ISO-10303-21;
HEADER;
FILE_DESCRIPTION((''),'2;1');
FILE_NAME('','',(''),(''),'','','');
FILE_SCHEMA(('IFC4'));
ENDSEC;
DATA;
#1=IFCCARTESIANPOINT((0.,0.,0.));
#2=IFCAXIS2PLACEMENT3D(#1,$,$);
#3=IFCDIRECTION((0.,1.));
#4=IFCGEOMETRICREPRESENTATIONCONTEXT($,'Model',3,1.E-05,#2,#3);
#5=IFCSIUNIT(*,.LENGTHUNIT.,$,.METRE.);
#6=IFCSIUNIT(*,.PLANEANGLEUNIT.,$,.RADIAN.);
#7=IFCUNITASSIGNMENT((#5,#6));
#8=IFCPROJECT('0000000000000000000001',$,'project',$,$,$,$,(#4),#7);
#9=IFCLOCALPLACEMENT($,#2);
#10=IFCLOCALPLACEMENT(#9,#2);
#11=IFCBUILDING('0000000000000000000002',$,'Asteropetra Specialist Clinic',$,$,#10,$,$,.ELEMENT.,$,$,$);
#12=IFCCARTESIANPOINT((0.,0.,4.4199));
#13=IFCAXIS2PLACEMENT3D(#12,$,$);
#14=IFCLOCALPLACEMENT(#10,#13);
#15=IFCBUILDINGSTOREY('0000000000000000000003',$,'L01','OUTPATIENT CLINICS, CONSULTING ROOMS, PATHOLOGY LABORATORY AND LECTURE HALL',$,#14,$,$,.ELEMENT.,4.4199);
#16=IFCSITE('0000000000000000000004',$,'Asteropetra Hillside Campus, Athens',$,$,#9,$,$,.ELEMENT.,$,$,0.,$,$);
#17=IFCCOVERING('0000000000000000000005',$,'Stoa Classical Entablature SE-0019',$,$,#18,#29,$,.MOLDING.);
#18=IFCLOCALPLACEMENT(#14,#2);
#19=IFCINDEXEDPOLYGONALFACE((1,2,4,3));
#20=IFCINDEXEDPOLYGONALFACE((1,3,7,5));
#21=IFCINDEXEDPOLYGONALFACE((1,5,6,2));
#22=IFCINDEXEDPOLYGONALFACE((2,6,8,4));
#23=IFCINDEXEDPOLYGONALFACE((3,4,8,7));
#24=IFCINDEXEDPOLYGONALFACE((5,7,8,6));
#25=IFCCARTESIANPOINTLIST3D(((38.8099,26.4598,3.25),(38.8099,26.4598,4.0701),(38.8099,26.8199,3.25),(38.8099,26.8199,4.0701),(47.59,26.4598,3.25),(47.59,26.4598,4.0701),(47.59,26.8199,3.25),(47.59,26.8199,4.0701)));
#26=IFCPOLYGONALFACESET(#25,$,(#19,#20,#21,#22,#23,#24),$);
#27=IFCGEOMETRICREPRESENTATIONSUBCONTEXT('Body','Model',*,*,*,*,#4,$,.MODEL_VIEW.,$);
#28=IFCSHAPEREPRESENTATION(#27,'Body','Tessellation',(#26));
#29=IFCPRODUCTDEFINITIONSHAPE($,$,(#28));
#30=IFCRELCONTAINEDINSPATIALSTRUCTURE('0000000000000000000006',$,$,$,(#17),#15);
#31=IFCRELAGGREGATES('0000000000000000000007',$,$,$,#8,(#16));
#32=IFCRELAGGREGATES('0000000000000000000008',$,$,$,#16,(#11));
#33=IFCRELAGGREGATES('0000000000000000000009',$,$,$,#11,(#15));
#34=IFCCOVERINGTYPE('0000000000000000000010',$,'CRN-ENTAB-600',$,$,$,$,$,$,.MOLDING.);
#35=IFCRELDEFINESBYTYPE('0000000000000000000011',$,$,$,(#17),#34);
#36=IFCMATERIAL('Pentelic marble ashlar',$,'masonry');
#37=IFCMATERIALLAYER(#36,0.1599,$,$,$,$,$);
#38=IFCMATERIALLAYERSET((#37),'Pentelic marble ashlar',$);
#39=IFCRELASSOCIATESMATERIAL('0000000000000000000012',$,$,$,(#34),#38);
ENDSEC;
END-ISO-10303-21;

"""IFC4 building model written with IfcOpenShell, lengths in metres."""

from ifc_helpers import new_model, si_unit, direction, frame, origin, origin_2d, place, context, subcontext, project, spatial, rectangle, extrude, material, layer, layer_set, type_object, element, save


model = new_model("IFC4")

# Units and contexts
model_context = context("Model", 3, precision=1e-05, world=origin(), true_north=direction((0.0, 1.0)))
body_context = subcontext(model_context, "Body", "Model", "MODEL_VIEW")
ifc_project = project(units=[si_unit("LENGTHUNIT", "METRE"), si_unit("PLANEANGLEUNIT", "RADIAN")], contexts=[model_context])

# Site, building, storey
site_placement = place(None, origin())
site = spatial("IfcSite", under=ifc_project, at=site_placement, Name="Asteropetra Hillside Campus, Athens", CompositionType="ELEMENT", RefElevation=0.0)
building_placement = place(site_placement, origin())
building = spatial("IfcBuilding", under=site, at=building_placement, Name="Asteropetra Specialist Clinic", CompositionType="ELEMENT")
storey_placement = place(building_placement, frame((0.0, 0.0, 4.4199)))
storey = spatial("IfcBuildingStorey", under=building, at=storey_placement, Name="L01", Description="OUTPATIENT CLINICS, CONSULTING ROOMS, PATHOLOGY LABORATORY AND LECTURE HALL", CompositionType="ELEMENT", Elevation=4.4199)

# Covering
ifc_material_1 = material(Name="Pentelic marble ashlar", Category="masonry")
ifc_layer_1 = layer(ifc_material_1, 0.1599)
ifc_layer_set_1 = layer_set([ifc_layer_1], Name="Pentelic marble ashlar")
covering_type = type_object("IfcCoveringType", Name="CRN-ENTAB-600", PredefinedType="MOLDING", material=ifc_layer_set_1)
covering_placement = place(storey_placement, frame((43.2, 26.6399, 3.25), z_axis=(0.0, 0.0, 1.0), x_axis=(1.0, 0.0, 0.0)))
element("IfcCovering", 1, at=covering_placement, inside=storey, type_object=covering_type, Name="Stoa Classical Entablature SE-0019", PredefinedType="MOLDING", context=body_context, shape_type="SweptSolid", body=[
    extrude(rectangle(XDim=8.78, YDim=0.3601, at=origin_2d()), origin(), (0.0, 0.0, 1.0), 0.8201),
])

save(model, "model.ifc")
